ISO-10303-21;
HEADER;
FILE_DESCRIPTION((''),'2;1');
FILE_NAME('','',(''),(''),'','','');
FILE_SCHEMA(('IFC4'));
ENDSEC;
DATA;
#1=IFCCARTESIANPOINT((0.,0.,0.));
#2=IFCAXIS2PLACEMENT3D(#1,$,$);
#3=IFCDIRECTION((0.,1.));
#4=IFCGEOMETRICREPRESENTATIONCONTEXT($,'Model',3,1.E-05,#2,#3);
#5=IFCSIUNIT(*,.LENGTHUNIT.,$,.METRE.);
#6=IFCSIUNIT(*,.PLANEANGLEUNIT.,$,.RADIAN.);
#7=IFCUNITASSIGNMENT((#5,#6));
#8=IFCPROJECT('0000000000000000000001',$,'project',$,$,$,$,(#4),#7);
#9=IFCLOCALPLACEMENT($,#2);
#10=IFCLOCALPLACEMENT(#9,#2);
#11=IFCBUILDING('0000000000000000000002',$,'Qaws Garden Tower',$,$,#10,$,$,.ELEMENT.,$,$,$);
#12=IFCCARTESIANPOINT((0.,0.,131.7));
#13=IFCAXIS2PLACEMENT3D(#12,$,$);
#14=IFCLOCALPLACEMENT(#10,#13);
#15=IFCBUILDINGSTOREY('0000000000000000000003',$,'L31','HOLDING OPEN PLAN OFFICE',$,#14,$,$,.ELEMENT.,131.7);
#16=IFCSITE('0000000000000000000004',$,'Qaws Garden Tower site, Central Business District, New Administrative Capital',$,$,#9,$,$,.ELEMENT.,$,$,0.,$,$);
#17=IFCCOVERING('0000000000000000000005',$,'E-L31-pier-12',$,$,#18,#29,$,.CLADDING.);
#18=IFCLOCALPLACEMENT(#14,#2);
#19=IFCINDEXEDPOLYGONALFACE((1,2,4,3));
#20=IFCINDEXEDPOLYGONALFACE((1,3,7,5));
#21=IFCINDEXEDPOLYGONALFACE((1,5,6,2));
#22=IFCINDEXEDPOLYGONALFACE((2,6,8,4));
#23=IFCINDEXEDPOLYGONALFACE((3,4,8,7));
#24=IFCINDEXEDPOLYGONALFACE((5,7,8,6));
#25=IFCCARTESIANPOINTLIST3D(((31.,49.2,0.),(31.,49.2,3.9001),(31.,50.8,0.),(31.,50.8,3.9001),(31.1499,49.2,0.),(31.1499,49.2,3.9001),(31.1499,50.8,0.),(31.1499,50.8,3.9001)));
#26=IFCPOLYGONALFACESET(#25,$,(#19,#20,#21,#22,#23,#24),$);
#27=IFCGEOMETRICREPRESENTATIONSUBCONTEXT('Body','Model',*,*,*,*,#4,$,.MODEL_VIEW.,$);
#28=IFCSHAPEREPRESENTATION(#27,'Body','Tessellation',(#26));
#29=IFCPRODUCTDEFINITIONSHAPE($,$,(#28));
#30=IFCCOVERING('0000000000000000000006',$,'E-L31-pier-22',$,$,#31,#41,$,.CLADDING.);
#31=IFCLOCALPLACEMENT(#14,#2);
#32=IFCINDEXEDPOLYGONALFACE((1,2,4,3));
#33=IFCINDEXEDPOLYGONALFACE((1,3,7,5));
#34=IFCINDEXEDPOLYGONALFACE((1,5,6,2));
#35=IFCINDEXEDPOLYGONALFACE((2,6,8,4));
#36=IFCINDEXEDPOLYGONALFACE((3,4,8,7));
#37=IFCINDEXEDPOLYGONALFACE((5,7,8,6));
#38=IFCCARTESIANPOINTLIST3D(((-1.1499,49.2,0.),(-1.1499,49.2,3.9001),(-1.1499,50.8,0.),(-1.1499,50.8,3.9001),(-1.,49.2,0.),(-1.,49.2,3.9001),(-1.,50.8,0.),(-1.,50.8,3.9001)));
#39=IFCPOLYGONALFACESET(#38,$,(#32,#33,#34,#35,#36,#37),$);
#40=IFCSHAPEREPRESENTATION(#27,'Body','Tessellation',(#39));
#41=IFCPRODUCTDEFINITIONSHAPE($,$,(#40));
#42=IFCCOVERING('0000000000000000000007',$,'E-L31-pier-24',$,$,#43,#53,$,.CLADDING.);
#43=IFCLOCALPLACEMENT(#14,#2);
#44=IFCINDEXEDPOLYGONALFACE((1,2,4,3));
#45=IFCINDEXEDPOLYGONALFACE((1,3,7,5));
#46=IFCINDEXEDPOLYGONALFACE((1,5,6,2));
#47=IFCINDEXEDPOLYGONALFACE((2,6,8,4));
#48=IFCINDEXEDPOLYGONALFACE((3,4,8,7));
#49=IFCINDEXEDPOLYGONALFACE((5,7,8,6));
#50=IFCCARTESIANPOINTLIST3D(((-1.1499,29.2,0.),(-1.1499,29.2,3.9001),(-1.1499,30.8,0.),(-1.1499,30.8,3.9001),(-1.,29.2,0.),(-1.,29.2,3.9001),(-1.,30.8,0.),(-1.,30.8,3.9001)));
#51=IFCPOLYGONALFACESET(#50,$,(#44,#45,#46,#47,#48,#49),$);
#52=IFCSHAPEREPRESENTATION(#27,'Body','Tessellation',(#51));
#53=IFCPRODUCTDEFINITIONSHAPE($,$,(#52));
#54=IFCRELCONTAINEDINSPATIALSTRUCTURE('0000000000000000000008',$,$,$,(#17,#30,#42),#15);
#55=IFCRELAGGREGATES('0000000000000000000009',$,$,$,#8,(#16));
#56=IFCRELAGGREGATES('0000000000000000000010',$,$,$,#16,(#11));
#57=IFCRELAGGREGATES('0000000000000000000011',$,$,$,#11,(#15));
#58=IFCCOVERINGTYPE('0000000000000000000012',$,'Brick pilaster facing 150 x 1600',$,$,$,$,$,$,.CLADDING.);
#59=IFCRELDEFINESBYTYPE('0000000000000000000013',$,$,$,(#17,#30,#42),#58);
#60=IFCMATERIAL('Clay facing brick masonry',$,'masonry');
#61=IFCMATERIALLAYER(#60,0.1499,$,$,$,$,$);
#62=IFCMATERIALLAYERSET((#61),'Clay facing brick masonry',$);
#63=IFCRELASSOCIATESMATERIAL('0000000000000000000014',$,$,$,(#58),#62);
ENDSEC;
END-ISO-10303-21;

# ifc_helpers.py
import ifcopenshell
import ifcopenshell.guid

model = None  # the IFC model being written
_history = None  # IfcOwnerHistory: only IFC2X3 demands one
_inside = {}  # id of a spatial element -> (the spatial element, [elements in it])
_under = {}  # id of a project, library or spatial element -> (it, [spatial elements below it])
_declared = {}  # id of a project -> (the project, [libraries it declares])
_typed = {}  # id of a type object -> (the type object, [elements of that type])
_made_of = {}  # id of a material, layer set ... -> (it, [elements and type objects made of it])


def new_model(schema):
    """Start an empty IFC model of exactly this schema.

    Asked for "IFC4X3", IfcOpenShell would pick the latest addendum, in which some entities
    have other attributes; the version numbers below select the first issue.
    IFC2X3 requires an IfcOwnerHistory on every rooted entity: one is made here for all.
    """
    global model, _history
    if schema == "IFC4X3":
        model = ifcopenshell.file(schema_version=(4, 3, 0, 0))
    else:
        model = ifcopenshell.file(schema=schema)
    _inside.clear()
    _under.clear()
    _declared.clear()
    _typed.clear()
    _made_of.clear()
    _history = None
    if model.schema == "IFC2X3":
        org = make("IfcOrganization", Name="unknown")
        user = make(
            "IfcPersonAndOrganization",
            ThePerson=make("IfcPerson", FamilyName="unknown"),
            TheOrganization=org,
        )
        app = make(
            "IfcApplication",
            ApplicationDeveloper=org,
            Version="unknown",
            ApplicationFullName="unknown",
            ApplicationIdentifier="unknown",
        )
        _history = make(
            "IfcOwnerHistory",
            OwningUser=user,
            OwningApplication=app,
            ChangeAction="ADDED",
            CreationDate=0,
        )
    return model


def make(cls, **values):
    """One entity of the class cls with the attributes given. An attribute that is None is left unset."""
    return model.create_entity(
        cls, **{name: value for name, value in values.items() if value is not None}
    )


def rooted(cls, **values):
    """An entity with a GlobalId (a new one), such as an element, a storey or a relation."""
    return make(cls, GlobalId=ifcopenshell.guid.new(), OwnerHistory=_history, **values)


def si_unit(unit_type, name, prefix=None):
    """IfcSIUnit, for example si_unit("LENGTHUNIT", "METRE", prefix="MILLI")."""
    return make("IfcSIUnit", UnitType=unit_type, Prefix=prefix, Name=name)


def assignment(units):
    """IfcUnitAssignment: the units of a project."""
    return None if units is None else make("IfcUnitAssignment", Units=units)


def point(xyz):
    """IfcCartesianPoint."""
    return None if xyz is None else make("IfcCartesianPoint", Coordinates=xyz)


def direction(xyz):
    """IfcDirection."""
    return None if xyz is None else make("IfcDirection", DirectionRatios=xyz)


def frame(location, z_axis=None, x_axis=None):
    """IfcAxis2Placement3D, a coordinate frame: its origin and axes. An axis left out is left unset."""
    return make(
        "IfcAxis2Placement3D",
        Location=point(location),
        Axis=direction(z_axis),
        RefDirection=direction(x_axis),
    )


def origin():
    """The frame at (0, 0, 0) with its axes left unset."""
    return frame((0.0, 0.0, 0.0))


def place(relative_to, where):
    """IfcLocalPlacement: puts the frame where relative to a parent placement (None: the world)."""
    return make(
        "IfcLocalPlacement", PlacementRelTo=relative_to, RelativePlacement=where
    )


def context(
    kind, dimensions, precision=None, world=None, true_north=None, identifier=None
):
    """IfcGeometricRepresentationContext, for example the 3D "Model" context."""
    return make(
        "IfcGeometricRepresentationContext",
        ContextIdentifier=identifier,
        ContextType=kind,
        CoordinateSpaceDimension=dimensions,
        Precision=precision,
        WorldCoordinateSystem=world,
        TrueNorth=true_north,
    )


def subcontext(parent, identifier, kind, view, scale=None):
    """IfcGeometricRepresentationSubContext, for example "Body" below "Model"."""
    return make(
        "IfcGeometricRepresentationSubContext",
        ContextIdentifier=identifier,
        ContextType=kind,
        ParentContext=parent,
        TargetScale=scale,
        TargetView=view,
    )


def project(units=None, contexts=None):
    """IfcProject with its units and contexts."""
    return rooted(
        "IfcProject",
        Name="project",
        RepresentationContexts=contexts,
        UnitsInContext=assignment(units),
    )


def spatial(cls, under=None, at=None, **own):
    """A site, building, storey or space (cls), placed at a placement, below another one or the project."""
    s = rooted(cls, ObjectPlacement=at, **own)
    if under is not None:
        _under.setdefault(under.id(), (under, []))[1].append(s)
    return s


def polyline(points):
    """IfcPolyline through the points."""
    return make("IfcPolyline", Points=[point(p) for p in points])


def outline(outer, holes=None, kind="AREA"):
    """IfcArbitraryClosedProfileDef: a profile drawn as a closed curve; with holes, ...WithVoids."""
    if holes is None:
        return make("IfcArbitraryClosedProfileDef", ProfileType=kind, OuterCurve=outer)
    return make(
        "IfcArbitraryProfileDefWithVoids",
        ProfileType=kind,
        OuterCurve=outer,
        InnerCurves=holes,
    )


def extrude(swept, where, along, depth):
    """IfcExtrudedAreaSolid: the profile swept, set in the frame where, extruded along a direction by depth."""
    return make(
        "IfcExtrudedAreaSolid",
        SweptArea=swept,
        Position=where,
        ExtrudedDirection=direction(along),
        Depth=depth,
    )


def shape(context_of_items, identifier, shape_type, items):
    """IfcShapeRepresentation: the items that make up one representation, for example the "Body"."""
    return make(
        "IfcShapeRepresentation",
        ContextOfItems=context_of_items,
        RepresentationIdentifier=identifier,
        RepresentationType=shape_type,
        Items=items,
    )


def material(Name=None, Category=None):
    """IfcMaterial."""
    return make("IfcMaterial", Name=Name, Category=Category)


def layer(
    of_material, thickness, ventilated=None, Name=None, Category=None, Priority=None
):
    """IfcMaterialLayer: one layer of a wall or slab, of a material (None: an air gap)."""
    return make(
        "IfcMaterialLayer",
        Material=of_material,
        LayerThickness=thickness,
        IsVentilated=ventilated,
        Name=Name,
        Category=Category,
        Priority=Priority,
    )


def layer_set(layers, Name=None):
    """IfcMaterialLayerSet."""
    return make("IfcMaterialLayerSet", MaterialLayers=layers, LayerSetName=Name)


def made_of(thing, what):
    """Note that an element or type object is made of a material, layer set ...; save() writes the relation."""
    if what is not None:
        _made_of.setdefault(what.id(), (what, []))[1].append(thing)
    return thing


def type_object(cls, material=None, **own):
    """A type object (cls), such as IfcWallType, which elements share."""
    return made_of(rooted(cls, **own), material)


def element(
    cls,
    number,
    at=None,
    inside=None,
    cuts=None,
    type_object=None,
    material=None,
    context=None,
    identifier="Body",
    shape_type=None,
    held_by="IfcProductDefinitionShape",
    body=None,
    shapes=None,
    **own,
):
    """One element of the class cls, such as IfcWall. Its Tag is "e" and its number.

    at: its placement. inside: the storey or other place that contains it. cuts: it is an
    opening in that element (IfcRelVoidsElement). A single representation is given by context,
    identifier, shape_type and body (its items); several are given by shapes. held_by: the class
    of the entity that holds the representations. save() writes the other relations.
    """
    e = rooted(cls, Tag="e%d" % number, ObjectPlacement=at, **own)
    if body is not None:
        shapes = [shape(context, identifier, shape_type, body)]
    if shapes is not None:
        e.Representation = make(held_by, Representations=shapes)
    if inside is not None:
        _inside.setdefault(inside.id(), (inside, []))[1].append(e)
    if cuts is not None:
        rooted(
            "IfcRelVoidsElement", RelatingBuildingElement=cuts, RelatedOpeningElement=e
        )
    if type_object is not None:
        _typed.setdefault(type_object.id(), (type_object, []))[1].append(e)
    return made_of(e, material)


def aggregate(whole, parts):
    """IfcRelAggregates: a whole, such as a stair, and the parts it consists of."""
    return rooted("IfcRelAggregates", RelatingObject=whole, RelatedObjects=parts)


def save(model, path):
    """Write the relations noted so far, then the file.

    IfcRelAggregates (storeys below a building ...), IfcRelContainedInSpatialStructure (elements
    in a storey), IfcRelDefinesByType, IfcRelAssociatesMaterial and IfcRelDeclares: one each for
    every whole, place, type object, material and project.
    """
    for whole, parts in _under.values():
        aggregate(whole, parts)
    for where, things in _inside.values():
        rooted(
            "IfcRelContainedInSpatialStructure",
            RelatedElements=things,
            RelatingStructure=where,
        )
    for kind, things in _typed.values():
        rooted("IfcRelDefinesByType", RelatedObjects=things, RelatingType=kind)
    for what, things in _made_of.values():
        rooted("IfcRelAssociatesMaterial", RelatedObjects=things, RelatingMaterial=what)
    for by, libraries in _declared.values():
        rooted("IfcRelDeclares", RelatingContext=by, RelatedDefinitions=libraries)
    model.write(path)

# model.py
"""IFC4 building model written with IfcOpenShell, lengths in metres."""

from ifc_helpers import new_model, si_unit, direction, frame, origin, place, context, subcontext, project, spatial, polyline, outline, extrude, material, layer, layer_set, type_object, element, save


model = new_model("IFC4")

# Units and contexts
model_context = context("Model", 3, precision=1e-05, world=origin(), true_north=direction((0.0, 1.0)))
body_context = subcontext(model_context, "Body", "Model", "MODEL_VIEW")
ifc_project = project(units=[si_unit("LENGTHUNIT", "METRE"), si_unit("PLANEANGLEUNIT", "RADIAN")], contexts=[model_context])

# Site, building, storey
site_placement = place(None, origin())
site = spatial("IfcSite", under=ifc_project, at=site_placement, Name="Qaws Garden Tower site, Central Business District, New Administrative Capital", CompositionType="ELEMENT", RefElevation=0.0)
building_placement = place(site_placement, origin())
building = spatial("IfcBuilding", under=site, at=building_placement, Name="Qaws Garden Tower", CompositionType="ELEMENT")
storey_placement = place(building_placement, frame((0.0, 0.0, 131.7)))
storey = spatial("IfcBuildingStorey", under=building, at=storey_placement, Name="L31", Description="HOLDING OPEN PLAN OFFICE", CompositionType="ELEMENT", Elevation=131.7)

# Shared definitions
placement = place(storey_placement, origin())

# Coverings
ifc_material_1 = material(Name="Clay facing brick masonry", Category="masonry")
ifc_layer_1 = layer(ifc_material_1, 0.1499)
ifc_layer_set_1 = layer_set([ifc_layer_1], Name="Clay facing brick masonry")
covering_type = type_object("IfcCoveringType", Name="Brick pilaster facing 150 x 1600", PredefinedType="CLADDING", material=ifc_layer_set_1)
element("IfcCovering", 1, at=placement, inside=storey, type_object=covering_type, Name="E-L31-pier-12", PredefinedType="CLADDING", context=body_context, shape_type="SweptSolid", body=[
    extrude(outline(polyline([(31.0, 49.2), (31.0, 50.8), (31.1499, 50.8), (31.1499, 49.2), (31.0, 49.2)])), origin(), (0.0, 0.0, 1.0), 3.9001),
])
element("IfcCovering", 2, at=placement, inside=storey, type_object=covering_type, Name="E-L31-pier-22", PredefinedType="CLADDING", context=body_context, shape_type="SweptSolid", body=[
    extrude(outline(polyline([(-1.0, 50.8), (-1.0, 49.2), (-1.1499, 49.2), (-1.1499, 50.8), (-1.0, 50.8)])), origin(), (0.0, 0.0, 1.0), 3.9001),
])
element("IfcCovering", 3, at=placement, inside=storey, type_object=covering_type, Name="E-L31-pier-24", PredefinedType="CLADDING", context=body_context, shape_type="SweptSolid", body=[
    extrude(outline(polyline([(-1.0, 30.8), (-1.0, 29.2), (-1.1499, 29.2), (-1.1499, 30.8), (-1.0, 30.8)])), origin(), (0.0, 0.0, 1.0), 3.9001),
])

save(model, "model.ifc")
